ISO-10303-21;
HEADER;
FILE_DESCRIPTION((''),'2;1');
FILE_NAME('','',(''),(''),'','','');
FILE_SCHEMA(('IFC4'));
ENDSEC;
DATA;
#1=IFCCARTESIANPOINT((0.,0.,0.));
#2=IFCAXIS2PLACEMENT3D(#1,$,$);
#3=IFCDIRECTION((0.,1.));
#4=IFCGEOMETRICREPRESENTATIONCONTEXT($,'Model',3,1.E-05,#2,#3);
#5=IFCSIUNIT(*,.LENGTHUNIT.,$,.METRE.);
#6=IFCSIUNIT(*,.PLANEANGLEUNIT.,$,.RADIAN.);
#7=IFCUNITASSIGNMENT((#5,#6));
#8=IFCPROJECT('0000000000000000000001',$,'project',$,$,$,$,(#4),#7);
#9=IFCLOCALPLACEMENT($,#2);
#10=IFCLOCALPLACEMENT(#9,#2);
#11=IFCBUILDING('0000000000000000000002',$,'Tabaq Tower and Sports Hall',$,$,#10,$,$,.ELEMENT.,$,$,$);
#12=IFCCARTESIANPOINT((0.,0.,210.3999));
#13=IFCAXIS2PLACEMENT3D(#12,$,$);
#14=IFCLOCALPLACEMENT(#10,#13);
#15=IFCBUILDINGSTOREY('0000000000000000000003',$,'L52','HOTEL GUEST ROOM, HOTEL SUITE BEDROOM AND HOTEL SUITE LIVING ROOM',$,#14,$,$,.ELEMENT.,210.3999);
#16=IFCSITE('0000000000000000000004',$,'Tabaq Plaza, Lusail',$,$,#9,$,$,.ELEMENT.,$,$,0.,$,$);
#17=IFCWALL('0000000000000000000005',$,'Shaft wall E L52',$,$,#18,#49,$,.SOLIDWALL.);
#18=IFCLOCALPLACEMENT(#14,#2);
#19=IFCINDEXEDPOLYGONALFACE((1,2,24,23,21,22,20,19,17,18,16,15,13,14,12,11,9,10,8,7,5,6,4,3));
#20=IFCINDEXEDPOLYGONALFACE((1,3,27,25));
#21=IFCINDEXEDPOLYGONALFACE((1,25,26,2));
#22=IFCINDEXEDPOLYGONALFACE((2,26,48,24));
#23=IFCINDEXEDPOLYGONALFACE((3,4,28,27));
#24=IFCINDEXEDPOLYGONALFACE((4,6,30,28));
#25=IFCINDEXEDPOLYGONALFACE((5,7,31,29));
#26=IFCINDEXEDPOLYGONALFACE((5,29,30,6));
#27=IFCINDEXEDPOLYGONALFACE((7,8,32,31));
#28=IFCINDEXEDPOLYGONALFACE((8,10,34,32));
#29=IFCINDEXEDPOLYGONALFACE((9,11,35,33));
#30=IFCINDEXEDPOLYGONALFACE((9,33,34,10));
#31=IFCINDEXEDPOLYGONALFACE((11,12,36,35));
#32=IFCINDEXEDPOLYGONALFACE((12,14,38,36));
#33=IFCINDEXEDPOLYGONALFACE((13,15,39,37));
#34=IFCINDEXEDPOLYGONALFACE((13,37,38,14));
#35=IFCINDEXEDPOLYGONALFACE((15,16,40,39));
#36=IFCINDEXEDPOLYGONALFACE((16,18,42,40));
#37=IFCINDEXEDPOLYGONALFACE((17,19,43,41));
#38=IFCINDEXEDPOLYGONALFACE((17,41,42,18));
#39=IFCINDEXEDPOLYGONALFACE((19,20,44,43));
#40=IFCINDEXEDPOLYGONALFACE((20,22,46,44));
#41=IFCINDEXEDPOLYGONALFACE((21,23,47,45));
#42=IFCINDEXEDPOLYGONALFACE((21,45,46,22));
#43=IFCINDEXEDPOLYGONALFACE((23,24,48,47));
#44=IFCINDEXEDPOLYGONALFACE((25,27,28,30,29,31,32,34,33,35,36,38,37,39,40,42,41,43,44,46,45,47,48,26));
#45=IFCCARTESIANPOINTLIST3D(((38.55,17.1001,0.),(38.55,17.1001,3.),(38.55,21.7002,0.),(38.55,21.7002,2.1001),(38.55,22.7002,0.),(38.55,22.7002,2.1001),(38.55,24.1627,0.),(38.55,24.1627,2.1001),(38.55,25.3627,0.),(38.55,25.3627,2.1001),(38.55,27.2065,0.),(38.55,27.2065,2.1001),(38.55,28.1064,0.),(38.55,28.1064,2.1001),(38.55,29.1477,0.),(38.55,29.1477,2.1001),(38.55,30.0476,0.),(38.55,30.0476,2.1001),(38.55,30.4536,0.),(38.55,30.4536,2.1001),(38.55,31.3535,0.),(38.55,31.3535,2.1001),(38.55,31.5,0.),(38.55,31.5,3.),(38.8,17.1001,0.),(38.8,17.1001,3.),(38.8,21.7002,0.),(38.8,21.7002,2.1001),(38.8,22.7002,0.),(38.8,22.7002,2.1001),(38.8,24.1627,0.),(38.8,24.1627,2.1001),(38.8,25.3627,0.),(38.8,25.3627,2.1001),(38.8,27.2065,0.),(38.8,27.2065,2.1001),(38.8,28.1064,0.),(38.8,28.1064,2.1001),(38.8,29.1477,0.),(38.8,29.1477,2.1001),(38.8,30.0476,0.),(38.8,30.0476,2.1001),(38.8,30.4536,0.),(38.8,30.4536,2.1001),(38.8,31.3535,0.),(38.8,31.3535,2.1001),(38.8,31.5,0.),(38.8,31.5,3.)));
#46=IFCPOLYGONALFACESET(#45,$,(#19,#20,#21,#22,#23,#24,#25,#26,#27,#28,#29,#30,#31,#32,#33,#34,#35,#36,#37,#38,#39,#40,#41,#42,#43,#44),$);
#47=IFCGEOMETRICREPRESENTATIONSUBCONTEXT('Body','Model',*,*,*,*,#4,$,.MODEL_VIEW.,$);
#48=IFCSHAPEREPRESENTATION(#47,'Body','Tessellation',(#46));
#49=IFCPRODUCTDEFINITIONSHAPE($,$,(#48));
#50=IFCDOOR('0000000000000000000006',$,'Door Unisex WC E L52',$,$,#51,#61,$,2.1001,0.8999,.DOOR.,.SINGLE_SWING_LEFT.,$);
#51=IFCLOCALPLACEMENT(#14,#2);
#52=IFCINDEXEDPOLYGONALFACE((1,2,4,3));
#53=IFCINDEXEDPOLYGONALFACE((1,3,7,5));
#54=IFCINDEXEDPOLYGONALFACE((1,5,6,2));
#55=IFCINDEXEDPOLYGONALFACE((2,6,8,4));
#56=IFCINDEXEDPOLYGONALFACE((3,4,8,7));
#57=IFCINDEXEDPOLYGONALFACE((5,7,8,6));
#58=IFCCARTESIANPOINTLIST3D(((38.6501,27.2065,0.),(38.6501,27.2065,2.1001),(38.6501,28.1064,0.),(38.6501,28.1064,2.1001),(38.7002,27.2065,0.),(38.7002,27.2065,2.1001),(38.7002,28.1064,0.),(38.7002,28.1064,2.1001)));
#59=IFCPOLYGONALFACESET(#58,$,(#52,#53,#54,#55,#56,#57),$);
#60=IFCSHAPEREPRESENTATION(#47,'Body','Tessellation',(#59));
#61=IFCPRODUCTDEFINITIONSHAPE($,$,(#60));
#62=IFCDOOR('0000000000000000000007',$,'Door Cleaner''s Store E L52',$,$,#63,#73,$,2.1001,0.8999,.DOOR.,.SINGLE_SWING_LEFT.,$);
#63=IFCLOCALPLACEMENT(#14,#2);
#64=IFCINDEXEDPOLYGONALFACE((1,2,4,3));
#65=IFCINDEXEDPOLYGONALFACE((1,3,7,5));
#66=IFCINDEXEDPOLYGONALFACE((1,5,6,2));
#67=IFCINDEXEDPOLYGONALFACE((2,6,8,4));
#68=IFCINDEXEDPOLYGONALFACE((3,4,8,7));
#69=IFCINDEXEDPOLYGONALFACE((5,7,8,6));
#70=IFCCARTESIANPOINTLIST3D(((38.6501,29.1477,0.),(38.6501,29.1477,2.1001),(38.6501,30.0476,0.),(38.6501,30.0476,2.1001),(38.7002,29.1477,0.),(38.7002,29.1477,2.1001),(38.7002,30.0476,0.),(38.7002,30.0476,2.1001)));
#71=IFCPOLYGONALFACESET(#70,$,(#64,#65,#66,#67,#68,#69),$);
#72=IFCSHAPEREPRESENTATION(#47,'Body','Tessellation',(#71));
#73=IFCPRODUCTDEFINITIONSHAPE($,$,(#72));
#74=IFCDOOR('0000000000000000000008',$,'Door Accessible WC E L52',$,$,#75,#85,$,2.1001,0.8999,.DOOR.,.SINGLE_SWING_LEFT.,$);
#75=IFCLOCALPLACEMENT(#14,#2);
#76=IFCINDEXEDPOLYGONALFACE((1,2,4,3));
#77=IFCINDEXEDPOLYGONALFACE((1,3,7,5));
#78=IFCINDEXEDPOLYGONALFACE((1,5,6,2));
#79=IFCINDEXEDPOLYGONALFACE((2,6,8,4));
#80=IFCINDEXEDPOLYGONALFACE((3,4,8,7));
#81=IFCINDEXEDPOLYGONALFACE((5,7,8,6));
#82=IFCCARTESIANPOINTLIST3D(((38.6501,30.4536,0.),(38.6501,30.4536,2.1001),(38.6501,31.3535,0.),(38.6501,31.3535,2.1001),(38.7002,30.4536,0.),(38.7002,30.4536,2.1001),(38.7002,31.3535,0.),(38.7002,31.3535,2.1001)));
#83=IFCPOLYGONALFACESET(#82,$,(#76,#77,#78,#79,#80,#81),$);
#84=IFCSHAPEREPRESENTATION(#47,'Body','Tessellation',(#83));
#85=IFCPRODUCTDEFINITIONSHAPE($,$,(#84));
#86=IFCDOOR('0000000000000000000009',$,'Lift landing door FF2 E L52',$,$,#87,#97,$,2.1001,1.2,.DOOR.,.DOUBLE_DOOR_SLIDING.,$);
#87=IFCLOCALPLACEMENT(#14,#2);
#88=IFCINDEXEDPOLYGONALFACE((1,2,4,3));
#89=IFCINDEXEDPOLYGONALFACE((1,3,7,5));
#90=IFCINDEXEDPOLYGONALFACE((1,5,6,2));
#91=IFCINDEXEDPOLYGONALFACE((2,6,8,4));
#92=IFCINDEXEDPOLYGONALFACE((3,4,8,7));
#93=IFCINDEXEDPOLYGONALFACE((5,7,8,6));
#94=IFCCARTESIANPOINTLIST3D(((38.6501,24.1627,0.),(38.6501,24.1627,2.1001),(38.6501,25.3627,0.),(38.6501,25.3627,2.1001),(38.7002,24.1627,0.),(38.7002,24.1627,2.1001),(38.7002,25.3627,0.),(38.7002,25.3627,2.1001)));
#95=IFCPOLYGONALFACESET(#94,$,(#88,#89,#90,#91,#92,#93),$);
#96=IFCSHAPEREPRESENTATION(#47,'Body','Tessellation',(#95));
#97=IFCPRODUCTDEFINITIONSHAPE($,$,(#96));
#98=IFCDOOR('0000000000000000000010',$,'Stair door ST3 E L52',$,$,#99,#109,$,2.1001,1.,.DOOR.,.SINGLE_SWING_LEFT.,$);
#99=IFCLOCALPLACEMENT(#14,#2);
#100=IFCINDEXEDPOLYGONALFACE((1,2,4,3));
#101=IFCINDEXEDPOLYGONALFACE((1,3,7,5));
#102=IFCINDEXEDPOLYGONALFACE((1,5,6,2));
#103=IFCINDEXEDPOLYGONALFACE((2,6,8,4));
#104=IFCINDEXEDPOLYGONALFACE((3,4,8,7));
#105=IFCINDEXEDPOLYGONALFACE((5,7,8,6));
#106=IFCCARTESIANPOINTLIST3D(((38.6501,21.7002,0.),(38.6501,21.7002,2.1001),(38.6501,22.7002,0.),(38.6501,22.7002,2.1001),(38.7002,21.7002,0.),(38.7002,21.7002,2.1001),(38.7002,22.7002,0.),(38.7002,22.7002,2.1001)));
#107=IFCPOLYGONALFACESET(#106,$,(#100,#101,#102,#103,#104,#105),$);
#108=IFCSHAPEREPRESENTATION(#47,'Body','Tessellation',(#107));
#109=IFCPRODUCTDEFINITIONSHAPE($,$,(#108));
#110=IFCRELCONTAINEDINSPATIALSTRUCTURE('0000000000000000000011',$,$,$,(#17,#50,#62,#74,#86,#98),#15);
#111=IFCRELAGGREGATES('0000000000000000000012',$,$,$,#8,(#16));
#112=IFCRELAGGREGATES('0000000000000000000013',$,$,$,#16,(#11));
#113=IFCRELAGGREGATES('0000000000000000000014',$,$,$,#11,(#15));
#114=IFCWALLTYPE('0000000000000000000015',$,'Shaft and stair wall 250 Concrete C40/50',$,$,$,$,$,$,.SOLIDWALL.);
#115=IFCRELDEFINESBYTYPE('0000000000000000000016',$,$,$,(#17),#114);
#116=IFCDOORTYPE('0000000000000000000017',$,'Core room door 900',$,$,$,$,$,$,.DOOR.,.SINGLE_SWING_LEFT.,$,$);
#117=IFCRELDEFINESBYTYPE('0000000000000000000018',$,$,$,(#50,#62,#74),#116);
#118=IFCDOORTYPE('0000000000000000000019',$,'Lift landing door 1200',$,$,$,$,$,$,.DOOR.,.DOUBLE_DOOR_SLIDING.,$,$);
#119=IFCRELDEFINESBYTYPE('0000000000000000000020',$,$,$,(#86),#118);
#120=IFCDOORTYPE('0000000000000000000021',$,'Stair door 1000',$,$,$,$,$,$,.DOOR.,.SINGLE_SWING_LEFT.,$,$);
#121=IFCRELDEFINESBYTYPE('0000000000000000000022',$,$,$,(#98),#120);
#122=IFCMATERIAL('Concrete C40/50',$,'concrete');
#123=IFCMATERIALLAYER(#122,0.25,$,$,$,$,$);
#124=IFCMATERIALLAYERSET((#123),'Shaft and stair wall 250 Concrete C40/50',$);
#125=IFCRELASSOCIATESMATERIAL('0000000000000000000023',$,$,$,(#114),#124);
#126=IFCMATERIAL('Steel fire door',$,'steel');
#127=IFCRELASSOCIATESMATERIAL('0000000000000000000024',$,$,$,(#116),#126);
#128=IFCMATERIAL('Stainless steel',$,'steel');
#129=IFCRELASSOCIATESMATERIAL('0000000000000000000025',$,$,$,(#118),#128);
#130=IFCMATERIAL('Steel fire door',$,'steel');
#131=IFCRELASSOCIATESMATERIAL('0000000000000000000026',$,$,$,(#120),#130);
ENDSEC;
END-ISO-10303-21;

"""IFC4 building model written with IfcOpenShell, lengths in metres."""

from ifc_helpers import new_model, si_unit, direction, frame, frame_2d, origin, place, context, subcontext, project, spatial, rectangle, extrude, material, layer, layer_set, type_object, element, fill, save


model = new_model("IFC4")

# Units and contexts
model_context = context("Model", 3, precision=1e-05, world=origin(), true_north=direction((0.0, 1.0)))
body_context = subcontext(model_context, "Body", "Model", "MODEL_VIEW")
ifc_project = project(units=[si_unit("LENGTHUNIT", "METRE"), si_unit("PLANEANGLEUNIT", "RADIAN")], contexts=[model_context])

# Site, building, storey
site_placement = place(None, origin())
site = spatial("IfcSite", under=ifc_project, at=site_placement, Name="Tabaq Plaza, Lusail", CompositionType="ELEMENT", RefElevation=0.0)
building_placement = place(site_placement, origin())
building = spatial("IfcBuilding", under=site, at=building_placement, Name="Tabaq Tower and Sports Hall", CompositionType="ELEMENT")
storey_placement = place(building_placement, frame((0.0, 0.0, 210.3999)))
storey = spatial("IfcBuildingStorey", under=building, at=storey_placement, Name="L52", Description="HOTEL GUEST ROOM, HOTEL SUITE BEDROOM AND HOTEL SUITE LIVING ROOM", CompositionType="ELEMENT", Elevation=210.3999)

# Wall, openings, doors
ifc_material_1 = material(Name="Concrete C40/50", Category="concrete")
ifc_layer_1 = layer(ifc_material_1, 0.25)
ifc_layer_set_1 = layer_set([ifc_layer_1], Name="Shaft and stair wall 250 Concrete C40/50")
wall_type_1 = type_object("IfcWallType", Name="Shaft and stair wall 250 Concrete C40/50", PredefinedType="SOLIDWALL", material=ifc_layer_set_1)
wall_1_placement = place(storey_placement, frame((38.675, 17.1001, 0.0), z_axis=(0.0, 0.0, 1.0), x_axis=(0.0, 1.0, 0.0)))
wall_1 = element("IfcWall", 1, at=wall_1_placement, inside=storey, type_object=wall_type_1, Name="Shaft wall E L52", PredefinedType="SOLIDWALL", context=body_context, shape_type="SweptSolid", body=[
    extrude(rectangle(XDim=14.3999, YDim=0.25, at=frame_2d((7.2, 0.0))), origin(), (0.0, 0.0, 1.0), 3.0),
])
opening_1_placement = place(wall_1_placement, frame((4.6001, 0.0, 0.0)))
opening_1 = element("IfcOpeningElement", 2, at=opening_1_placement, cuts=wall_1, PredefinedType="OPENING", context=body_context, shape_type="SweptSolid", body=[
    extrude(rectangle(XDim=1.0, YDim=2.1001, at=frame_2d((0.5, 1.05))), frame((0.0, 0.125, 0.0), z_axis=(0.0, -1.0, 0.0), x_axis=(1.0, 0.0, 0.0)), (0.0, 0.0, 1.0), 0.25),
])
opening_2_placement = place(wall_1_placement, frame((7.0625, 0.0, 0.0)))
opening_2 = element("IfcOpeningElement", 3, at=opening_2_placement, cuts=wall_1, PredefinedType="OPENING", context=body_context, shape_type="SweptSolid", body=[
    extrude(rectangle(XDim=1.2, YDim=2.1001, at=frame_2d((0.6001, 1.05))), frame((0.0, 0.125, 0.0), z_axis=(0.0, -1.0, 0.0), x_axis=(1.0, 0.0, 0.0)), (0.0, 0.0, 1.0), 0.25),
])
opening_3_placement = place(wall_1_placement, frame((10.1064, 0.0, 0.0)))
opening_3 = element("IfcOpeningElement", 4, at=opening_3_placement, cuts=wall_1, PredefinedType="OPENING", context=body_context, shape_type="SweptSolid", body=[
    extrude(rectangle(XDim=0.8999, YDim=2.1001, at=frame_2d((0.45, 1.05))), frame((0.0, 0.125, 0.0), z_axis=(0.0, -1.0, 0.0), x_axis=(1.0, 0.0, 0.0)), (0.0, 0.0, 1.0), 0.25),
])
opening_4_placement = place(wall_1_placement, frame((12.0476, 0.0, 0.0)))
opening_4 = element("IfcOpeningElement", 5, at=opening_4_placement, cuts=wall_1, PredefinedType="OPENING", context=body_context, shape_type="SweptSolid", body=[
    extrude(rectangle(XDim=0.8999, YDim=2.1001, at=frame_2d((0.45, 1.05))), frame((0.0, 0.125, 0.0), z_axis=(0.0, -1.0, 0.0), x_axis=(1.0, 0.0, 0.0)), (0.0, 0.0, 1.0), 0.25),
])
opening_5_placement = place(wall_1_placement, frame((13.3535, 0.0, 0.0)))
opening_5 = element("IfcOpeningElement", 6, at=opening_5_placement, cuts=wall_1, PredefinedType="OPENING", context=body_context, shape_type="SweptSolid", body=[
    extrude(rectangle(XDim=0.8999, YDim=2.1001, at=frame_2d((0.45, 1.05))), frame((0.0, 0.125, 0.0), z_axis=(0.0, -1.0, 0.0), x_axis=(1.0, 0.0, 0.0)), (0.0, 0.0, 1.0), 0.25),
])
ifc_material_2 = material(Name="Steel fire door", Category="steel")
door_type_1 = type_object("IfcDoorType", Name="Core room door 900", OperationType="SINGLE_SWING_LEFT", PredefinedType="DOOR", material=ifc_material_2)
door_1_placement = place(opening_3_placement, origin())
door_1 = element("IfcDoor", 7, at=door_1_placement, inside=storey, type_object=door_type_1, Name="Door Unisex WC E L52", OperationType="SINGLE_SWING_LEFT", OverallHeight=2.1001, OverallWidth=0.8999, PredefinedType="DOOR", context=body_context, shape_type="SweptSolid", body=[
    extrude(rectangle(XDim=0.8999, YDim=2.1001, at=frame_2d((0.45, 1.05))), frame((0.0, 0.0249, 0.0), z_axis=(0.0, -1.0, 0.0), x_axis=(1.0, 0.0, 0.0)), (0.0, 0.0, 1.0), 0.05),
])
fill(opening_3, door_1)
door_2_placement = place(opening_4_placement, origin())
door_2 = element("IfcDoor", 8, at=door_2_placement, inside=storey, type_object=door_type_1, Name="Door Cleaner's Store E L52", OperationType="SINGLE_SWING_LEFT", OverallHeight=2.1001, OverallWidth=0.8999, PredefinedType="DOOR", context=body_context, shape_type="SweptSolid", body=[
    extrude(rectangle(XDim=0.8999, YDim=2.1001, at=frame_2d((0.45, 1.05))), frame((0.0, 0.0249, 0.0), z_axis=(0.0, -1.0, 0.0), x_axis=(1.0, 0.0, 0.0)), (0.0, 0.0, 1.0), 0.05),
])
fill(opening_4, door_2)
door_3_placement = place(opening_5_placement, origin())
door_3 = element("IfcDoor", 9, at=door_3_placement, inside=storey, type_object=door_type_1, Name="Door Accessible WC E L52", OperationType="SINGLE_SWING_LEFT", OverallHeight=2.1001, OverallWidth=0.8999, PredefinedType="DOOR", context=body_context, shape_type="SweptSolid", body=[
    extrude(rectangle(XDim=0.8999, YDim=2.1001, at=frame_2d((0.45, 1.05))), frame((0.0, 0.0249, 0.0), z_axis=(0.0, -1.0, 0.0), x_axis=(1.0, 0.0, 0.0)), (0.0, 0.0, 1.0), 0.05),
])
fill(opening_5, door_3)
ifc_material_3 = material(Name="Stainless steel", Category="steel")
door_type_2 = type_object("IfcDoorType", Name="Lift landing door 1200", OperationType="DOUBLE_DOOR_SLIDING", PredefinedType="DOOR", material=ifc_material_3)
door_4_placement = place(opening_2_placement, origin())
door_4 = element("IfcDoor", 10, at=door_4_placement, inside=storey, type_object=door_type_2, Name="Lift landing door FF2 E L52", OperationType="DOUBLE_DOOR_SLIDING", OverallHeight=2.1001, OverallWidth=1.2, PredefinedType="DOOR", context=body_context, shape_type="SweptSolid", body=[
    extrude(rectangle(XDim=1.2, YDim=2.1001, at=frame_2d((0.6001, 1.05))), frame((0.0, 0.0249, 0.0), z_axis=(0.0, -1.0, 0.0), x_axis=(1.0, 0.0, 0.0)), (0.0, 0.0, 1.0), 0.05),
])
fill(opening_2, door_4)
ifc_material_4 = material(Name="Steel fire door", Category="steel")
door_type_3 = type_object("IfcDoorType", Name="Stair door 1000", OperationType="SINGLE_SWING_LEFT", PredefinedType="DOOR", material=ifc_material_4)
door_5_placement = place(opening_1_placement, origin())
door_5 = element("IfcDoor", 11, at=door_5_placement, inside=storey, type_object=door_type_3, Name="Stair door ST3 E L52", OperationType="SINGLE_SWING_LEFT", OverallHeight=2.1001, OverallWidth=1.0, PredefinedType="DOOR", context=body_context, shape_type="SweptSolid", body=[
    extrude(rectangle(XDim=1.0, YDim=2.1001, at=frame_2d((0.5, 1.05))), frame((0.0, 0.0249, 0.0), z_axis=(0.0, -1.0, 0.0), x_axis=(1.0, 0.0, 0.0)), (0.0, 0.0, 1.0), 0.05),
])
fill(opening_1, door_5)

save(model, "model.ifc")
